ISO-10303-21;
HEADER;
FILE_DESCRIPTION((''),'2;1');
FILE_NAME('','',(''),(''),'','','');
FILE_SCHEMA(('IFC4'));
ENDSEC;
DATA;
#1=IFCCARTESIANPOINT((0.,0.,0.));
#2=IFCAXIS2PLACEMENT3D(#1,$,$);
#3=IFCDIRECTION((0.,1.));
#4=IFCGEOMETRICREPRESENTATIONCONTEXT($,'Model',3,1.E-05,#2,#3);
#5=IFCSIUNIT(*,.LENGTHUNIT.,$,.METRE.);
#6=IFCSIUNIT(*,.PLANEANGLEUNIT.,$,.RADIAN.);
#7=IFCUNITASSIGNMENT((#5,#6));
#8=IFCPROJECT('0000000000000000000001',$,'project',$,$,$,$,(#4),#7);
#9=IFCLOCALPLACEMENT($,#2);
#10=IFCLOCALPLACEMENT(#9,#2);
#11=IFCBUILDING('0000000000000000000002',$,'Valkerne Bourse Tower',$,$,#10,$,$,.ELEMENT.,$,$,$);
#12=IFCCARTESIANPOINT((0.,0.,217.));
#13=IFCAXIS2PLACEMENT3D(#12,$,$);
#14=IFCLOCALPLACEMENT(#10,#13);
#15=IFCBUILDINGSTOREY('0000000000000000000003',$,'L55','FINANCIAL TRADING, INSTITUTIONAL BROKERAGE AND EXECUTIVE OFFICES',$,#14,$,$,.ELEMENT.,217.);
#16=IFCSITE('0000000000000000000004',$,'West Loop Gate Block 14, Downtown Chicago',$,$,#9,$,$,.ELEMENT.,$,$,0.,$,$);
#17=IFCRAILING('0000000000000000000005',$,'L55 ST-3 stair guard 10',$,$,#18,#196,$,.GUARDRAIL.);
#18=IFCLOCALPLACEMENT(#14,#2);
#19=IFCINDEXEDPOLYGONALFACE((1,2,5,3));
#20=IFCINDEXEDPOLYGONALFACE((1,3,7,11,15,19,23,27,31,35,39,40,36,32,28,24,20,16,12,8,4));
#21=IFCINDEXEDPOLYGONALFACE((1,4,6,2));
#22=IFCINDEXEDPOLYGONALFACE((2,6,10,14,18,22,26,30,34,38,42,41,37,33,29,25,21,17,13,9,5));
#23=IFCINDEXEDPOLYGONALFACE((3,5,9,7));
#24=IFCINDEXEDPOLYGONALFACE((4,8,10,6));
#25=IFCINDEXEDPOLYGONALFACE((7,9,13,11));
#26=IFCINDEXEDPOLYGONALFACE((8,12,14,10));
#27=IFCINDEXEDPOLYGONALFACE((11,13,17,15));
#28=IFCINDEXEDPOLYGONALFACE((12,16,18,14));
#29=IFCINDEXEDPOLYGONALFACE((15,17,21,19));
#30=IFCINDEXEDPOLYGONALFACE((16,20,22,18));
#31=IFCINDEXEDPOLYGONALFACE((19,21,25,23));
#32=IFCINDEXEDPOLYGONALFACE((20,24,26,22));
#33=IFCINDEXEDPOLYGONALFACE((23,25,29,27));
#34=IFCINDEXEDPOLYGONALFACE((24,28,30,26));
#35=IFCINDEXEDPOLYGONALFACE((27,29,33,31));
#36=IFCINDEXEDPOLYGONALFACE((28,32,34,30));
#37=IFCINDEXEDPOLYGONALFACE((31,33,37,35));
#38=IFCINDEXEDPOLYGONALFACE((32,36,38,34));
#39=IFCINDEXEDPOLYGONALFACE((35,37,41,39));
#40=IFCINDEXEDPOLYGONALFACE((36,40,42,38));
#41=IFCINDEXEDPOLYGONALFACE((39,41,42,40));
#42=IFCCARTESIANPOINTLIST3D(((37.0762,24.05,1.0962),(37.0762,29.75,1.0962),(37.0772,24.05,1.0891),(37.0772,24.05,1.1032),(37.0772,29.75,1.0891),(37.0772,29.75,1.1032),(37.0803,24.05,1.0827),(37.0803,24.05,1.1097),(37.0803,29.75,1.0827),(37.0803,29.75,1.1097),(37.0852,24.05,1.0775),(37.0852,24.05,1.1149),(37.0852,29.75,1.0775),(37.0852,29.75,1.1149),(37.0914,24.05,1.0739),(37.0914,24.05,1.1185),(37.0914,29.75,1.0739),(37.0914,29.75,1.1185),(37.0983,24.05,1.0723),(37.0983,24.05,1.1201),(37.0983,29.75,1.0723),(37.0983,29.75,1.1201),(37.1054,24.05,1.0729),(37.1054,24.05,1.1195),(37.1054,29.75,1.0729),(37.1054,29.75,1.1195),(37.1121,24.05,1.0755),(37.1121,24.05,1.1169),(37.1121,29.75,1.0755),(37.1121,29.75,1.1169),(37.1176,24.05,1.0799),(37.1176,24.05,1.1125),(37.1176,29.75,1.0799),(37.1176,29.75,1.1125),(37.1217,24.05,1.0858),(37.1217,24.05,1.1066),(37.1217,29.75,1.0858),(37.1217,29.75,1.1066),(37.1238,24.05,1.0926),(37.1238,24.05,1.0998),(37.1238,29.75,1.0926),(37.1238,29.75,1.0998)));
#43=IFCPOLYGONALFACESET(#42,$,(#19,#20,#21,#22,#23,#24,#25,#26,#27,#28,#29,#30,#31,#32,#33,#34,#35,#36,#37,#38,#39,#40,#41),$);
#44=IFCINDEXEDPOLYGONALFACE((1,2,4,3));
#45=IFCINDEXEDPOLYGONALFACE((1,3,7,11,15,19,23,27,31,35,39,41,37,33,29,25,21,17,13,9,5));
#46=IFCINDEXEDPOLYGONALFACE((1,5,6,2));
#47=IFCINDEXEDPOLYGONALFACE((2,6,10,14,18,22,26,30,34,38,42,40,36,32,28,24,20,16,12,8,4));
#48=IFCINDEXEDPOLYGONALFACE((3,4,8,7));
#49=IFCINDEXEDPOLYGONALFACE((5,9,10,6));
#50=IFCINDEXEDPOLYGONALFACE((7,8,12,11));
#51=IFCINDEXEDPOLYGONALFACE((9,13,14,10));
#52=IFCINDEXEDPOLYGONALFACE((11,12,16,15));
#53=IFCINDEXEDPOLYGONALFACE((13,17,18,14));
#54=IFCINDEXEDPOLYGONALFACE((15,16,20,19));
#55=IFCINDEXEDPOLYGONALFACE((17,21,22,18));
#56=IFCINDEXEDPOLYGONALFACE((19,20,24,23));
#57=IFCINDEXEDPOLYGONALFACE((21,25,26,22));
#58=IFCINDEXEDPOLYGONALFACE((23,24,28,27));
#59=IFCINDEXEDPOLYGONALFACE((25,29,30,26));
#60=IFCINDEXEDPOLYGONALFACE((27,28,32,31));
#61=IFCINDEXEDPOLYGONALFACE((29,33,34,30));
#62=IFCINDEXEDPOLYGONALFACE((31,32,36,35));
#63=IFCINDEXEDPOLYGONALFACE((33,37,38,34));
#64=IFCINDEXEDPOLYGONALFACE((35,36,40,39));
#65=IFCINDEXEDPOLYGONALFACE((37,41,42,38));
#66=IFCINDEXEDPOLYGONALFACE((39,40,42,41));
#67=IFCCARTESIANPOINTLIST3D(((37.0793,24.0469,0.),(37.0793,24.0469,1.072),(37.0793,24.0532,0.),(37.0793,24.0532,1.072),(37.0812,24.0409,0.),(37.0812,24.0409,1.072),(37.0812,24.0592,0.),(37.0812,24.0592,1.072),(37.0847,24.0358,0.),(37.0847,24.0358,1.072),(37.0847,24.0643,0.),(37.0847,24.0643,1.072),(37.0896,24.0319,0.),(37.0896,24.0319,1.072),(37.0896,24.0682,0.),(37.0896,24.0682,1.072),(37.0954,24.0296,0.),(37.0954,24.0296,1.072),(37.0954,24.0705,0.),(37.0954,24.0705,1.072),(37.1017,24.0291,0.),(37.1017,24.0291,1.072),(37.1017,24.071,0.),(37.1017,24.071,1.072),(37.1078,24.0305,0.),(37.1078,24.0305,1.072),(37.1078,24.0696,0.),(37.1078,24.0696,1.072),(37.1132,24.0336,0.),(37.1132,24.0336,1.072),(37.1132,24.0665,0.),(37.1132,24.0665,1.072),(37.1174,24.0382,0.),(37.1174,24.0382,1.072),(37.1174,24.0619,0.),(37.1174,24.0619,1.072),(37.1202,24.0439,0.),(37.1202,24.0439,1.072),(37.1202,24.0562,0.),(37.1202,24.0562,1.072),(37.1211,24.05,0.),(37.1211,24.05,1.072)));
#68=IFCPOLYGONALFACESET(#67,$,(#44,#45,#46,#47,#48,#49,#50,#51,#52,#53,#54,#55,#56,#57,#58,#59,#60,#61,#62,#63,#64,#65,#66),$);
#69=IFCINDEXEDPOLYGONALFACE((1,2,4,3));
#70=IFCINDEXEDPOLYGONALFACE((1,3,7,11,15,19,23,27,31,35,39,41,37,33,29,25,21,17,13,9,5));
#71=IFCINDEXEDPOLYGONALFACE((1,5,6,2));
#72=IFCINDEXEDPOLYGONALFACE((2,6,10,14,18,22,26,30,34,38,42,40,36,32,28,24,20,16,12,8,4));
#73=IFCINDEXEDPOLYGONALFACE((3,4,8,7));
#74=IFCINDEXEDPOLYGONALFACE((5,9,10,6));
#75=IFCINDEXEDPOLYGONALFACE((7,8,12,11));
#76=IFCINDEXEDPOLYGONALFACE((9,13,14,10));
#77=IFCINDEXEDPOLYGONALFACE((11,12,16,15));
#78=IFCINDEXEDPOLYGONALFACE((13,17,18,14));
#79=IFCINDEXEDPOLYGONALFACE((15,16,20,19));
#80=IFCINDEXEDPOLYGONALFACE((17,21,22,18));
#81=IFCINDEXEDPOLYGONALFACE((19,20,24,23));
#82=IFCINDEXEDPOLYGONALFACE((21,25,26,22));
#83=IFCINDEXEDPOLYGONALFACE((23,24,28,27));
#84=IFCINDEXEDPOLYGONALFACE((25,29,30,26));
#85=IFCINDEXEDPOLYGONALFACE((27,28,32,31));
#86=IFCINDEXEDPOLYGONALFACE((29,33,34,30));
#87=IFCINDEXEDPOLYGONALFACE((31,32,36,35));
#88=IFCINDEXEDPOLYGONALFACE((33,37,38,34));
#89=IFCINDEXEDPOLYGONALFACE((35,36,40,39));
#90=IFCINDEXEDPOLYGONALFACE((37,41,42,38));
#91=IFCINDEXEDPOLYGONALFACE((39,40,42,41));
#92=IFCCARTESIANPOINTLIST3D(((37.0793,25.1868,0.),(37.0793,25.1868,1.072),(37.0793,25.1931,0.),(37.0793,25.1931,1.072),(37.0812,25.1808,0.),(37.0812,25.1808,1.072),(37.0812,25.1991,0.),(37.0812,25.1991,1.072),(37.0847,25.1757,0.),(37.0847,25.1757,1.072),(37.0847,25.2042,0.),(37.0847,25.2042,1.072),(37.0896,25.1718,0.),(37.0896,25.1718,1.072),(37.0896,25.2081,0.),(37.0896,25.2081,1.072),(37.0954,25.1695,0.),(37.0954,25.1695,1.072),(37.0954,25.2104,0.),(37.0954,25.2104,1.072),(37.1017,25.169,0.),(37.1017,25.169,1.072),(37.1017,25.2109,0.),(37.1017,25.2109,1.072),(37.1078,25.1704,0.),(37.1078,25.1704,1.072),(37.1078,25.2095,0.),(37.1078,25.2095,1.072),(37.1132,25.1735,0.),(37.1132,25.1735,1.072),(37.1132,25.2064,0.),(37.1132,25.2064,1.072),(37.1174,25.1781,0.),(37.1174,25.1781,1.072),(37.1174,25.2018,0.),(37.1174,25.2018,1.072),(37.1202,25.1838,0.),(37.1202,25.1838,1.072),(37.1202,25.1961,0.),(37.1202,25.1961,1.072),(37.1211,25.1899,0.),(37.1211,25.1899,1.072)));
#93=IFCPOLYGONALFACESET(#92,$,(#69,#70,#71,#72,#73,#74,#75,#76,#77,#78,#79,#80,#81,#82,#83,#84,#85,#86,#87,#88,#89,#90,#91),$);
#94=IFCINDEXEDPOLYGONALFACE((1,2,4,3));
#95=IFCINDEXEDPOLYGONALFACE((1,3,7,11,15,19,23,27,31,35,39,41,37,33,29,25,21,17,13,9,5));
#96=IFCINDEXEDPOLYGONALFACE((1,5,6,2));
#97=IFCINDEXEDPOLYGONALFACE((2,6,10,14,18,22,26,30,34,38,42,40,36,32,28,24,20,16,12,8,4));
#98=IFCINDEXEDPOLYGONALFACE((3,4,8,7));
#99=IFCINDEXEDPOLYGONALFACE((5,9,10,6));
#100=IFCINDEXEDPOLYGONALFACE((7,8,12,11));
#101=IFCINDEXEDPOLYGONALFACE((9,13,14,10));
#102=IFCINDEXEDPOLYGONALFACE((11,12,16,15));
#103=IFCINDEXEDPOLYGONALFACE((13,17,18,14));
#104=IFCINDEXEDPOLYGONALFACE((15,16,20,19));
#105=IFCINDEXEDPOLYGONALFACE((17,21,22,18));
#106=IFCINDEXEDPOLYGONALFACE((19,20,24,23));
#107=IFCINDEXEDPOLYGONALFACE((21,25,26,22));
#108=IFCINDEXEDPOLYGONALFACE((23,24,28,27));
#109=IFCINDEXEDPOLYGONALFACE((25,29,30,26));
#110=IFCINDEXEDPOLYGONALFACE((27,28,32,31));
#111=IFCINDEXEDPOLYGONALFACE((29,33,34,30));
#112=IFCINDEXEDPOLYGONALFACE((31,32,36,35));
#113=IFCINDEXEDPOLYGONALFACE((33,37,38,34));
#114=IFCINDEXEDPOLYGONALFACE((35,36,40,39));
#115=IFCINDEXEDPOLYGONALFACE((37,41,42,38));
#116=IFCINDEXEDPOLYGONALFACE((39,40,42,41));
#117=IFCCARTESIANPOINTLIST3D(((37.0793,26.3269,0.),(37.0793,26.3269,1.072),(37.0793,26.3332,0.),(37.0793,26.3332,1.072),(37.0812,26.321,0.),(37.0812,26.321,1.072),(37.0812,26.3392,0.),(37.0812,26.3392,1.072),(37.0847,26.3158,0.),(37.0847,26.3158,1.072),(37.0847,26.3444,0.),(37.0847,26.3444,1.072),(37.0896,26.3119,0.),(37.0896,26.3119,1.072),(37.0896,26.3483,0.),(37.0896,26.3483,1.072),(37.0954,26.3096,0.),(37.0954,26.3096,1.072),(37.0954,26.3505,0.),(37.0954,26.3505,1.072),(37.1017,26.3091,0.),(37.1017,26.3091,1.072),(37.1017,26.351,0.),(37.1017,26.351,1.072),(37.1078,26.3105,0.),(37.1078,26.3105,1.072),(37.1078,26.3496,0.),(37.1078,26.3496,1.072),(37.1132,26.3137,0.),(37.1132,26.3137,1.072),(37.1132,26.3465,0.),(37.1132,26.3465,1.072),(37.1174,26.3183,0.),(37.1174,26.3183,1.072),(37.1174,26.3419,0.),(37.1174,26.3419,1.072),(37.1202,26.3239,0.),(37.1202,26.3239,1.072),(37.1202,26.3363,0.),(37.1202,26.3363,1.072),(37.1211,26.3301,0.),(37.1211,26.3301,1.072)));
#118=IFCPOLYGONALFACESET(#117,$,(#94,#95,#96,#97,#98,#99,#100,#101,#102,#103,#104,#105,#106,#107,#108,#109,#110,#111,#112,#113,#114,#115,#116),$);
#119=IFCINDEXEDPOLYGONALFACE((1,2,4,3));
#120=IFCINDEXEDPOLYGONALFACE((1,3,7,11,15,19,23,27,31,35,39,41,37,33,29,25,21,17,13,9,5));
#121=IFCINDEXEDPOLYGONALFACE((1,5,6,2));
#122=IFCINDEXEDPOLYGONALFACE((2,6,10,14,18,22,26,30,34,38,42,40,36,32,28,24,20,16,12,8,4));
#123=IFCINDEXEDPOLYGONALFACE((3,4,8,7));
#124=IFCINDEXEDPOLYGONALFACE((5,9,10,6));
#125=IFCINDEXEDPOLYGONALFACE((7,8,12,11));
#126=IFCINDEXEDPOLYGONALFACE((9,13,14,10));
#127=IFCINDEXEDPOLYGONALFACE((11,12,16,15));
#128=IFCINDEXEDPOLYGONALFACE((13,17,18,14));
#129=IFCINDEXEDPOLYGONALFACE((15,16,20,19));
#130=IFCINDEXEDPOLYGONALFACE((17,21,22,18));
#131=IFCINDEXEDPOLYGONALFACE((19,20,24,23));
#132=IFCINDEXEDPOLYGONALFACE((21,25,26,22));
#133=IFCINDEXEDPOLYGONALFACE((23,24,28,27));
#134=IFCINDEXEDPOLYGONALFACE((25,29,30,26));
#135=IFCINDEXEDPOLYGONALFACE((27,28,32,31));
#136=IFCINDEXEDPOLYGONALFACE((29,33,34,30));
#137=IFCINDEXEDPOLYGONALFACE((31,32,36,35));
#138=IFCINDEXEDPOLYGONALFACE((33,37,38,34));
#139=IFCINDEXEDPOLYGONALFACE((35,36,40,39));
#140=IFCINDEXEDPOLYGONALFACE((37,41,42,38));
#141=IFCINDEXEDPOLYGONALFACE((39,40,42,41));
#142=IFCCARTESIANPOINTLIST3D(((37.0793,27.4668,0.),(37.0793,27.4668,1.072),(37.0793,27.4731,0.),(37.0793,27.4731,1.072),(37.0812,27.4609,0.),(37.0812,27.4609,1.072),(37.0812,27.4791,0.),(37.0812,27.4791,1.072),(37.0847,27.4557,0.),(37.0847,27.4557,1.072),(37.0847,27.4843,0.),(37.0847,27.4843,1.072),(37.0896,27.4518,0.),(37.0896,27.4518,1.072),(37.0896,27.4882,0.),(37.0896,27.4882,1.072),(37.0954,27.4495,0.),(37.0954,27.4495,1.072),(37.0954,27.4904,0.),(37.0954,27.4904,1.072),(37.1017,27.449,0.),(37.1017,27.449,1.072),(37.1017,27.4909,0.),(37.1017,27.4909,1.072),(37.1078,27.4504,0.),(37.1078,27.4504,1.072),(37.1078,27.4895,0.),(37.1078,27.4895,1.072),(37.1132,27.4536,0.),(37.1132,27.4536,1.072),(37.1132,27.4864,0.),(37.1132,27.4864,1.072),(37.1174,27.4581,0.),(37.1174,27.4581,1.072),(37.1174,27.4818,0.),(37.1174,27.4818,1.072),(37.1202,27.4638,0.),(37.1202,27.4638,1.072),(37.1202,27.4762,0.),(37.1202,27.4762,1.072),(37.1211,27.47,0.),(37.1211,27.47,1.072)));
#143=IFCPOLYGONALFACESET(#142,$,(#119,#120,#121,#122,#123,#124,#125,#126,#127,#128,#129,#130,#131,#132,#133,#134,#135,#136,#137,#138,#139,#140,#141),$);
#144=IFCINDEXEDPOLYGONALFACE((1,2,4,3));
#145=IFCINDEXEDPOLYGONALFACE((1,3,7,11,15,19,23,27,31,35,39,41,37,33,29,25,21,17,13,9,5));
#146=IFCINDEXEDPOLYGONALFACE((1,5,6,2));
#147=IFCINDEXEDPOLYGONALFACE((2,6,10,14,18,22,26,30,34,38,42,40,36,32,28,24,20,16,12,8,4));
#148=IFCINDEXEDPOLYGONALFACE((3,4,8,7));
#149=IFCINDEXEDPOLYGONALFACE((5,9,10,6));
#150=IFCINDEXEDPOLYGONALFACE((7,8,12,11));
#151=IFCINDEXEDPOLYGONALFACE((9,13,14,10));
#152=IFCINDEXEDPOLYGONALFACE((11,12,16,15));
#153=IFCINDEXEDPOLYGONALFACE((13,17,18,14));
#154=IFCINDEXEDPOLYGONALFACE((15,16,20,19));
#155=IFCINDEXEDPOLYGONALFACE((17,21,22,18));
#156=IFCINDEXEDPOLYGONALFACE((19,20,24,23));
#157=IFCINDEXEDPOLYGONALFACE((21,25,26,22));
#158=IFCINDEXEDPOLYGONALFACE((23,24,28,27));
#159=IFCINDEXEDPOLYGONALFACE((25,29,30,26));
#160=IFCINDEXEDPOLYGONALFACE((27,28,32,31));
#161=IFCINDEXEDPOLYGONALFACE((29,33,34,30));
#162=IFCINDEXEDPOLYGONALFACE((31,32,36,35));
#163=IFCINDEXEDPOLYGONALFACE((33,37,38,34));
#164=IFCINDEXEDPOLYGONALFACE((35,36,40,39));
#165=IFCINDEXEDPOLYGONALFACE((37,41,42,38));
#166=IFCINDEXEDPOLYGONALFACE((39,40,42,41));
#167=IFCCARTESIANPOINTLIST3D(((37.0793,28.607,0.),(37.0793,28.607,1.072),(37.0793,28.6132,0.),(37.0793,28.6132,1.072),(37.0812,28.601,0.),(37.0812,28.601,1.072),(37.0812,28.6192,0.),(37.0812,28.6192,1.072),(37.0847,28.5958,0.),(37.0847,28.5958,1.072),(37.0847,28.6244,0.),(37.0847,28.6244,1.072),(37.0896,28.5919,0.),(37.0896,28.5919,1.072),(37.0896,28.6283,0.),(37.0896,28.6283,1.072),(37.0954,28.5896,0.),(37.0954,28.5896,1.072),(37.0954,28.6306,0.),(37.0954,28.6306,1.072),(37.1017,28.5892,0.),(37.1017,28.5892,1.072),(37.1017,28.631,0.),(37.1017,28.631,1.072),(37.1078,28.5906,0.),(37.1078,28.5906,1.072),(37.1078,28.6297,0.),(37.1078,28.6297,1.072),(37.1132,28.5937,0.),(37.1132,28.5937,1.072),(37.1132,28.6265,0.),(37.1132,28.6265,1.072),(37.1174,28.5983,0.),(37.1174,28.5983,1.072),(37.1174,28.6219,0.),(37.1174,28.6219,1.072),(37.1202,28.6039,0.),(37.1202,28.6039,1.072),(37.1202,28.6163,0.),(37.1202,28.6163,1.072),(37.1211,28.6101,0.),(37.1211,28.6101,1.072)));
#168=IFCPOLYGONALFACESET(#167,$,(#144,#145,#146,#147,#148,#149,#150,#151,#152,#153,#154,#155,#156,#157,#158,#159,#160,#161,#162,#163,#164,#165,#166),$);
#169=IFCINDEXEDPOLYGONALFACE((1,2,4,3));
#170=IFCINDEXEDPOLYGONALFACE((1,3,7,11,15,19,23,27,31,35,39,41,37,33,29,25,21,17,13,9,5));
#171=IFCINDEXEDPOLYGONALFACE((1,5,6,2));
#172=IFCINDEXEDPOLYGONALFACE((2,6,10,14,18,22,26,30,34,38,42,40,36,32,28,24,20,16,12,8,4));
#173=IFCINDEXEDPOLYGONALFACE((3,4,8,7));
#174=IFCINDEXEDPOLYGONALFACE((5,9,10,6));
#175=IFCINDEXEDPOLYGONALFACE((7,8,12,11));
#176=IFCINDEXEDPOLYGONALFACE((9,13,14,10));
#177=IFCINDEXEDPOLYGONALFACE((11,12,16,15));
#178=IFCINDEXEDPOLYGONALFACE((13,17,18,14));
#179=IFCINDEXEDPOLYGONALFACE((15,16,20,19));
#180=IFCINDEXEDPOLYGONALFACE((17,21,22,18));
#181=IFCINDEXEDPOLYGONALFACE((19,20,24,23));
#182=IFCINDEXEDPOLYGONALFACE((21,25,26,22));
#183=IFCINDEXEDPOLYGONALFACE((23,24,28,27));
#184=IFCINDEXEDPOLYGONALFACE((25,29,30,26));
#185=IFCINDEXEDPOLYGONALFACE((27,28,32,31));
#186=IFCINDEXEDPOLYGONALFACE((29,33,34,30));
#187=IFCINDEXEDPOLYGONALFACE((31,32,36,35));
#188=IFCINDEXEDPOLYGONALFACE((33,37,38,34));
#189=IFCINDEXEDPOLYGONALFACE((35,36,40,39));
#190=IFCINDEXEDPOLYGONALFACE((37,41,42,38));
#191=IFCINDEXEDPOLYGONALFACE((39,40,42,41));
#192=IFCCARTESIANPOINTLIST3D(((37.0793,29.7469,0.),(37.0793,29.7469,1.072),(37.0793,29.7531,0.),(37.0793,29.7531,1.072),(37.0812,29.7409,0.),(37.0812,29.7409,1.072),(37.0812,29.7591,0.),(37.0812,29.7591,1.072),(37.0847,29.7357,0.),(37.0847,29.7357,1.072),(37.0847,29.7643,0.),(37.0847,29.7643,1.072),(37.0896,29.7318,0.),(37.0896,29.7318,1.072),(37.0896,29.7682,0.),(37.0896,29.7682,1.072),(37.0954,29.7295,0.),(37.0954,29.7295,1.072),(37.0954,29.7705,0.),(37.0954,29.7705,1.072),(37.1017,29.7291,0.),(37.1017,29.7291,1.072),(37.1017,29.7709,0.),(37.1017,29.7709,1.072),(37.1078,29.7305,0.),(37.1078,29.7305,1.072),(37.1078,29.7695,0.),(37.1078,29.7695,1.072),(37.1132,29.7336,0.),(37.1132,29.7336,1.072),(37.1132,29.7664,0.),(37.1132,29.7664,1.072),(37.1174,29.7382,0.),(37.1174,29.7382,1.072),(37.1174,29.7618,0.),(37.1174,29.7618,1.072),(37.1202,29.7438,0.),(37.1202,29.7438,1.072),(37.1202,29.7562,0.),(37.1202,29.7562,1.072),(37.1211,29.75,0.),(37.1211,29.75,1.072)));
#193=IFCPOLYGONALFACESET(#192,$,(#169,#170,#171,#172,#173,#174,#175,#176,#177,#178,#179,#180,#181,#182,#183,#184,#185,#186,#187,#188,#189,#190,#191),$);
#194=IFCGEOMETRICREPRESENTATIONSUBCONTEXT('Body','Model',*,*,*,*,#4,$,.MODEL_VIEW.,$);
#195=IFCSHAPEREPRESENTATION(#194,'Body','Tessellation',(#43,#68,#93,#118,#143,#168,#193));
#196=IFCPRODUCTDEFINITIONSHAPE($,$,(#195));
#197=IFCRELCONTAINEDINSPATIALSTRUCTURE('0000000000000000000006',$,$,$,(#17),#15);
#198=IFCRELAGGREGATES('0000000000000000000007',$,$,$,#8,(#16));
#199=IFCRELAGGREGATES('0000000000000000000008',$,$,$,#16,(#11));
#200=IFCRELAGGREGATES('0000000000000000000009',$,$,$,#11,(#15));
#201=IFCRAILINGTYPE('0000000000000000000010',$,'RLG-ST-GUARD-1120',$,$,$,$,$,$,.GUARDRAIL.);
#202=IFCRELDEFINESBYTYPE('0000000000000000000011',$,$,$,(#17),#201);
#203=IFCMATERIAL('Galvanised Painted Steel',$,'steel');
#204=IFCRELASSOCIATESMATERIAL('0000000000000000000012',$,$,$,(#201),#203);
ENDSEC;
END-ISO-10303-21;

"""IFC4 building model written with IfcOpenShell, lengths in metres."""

from ifc_helpers import new_model, si_unit, direction, frame, origin, origin_2d, place, context, subcontext, project, spatial, circle, extrude, material, type_object, element, save


model = new_model("IFC4")

# Units and contexts
model_context = context("Model", 3, precision=1e-05, world=origin(), true_north=direction((0.0, 1.0)))
body_context = subcontext(model_context, "Body", "Model", "MODEL_VIEW")
ifc_project = project(units=[si_unit("LENGTHUNIT", "METRE"), si_unit("PLANEANGLEUNIT", "RADIAN")], contexts=[model_context])

# Site, building, storey
site_placement = place(None, origin())
site = spatial("IfcSite", under=ifc_project, at=site_placement, Name="West Loop Gate Block 14, Downtown Chicago", CompositionType="ELEMENT", RefElevation=0.0)
building_placement = place(site_placement, origin())
building = spatial("IfcBuilding", under=site, at=building_placement, Name="Valkerne Bourse Tower", CompositionType="ELEMENT")
storey_placement = place(building_placement, frame((0.0, 0.0, 217.0)))
storey = spatial("IfcBuildingStorey", under=building, at=storey_placement, Name="L55", Description="FINANCIAL TRADING, INSTITUTIONAL BROKERAGE AND EXECUTIVE OFFICES", CompositionType="ELEMENT", Elevation=217.0)

# Railing
ifc_material_1 = material(Name="Galvanised Painted Steel", Category="steel")
railing_type_1 = type_object("IfcRailingType", Name="RLG-ST-GUARD-1120", PredefinedType="GUARDRAIL", material=ifc_material_1)
railing_1_placement = place(storey_placement, frame((37.1001, 24.05, 0.0)))
element("IfcRailing", 1, at=railing_1_placement, inside=storey, type_object=railing_type_1, Name="L55 ST-3 stair guard 10", PredefinedType="GUARDRAIL", context=body_context, shape_type="SweptSolid", body=[
    extrude(circle(Radius=0.0239, at=origin_2d()), frame((0.0, 0.0, 1.0962), z_axis=(0.0, 1.0, 0.0), x_axis=(-1.0, 0.0, 0.0)), (0.0, 0.0, 1.0), 5.7),
    extrude(circle(Radius=0.021, at=origin_2d()), origin(), (0.0, 0.0, 1.0), 1.072),
    extrude(circle(Radius=0.021, at=origin_2d()), frame((0.0, 1.1399, 0.0)), (0.0, 0.0, 1.0), 1.072),
    extrude(circle(Radius=0.021, at=origin_2d()), frame((0.0, 2.28, 0.0)), (0.0, 0.0, 1.0), 1.072),
    extrude(circle(Radius=0.021, at=origin_2d()), frame((0.0, 3.4199, 0.0)), (0.0, 0.0, 1.0), 1.072),
    extrude(circle(Radius=0.021, at=origin_2d()), frame((0.0, 4.5601, 0.0)), (0.0, 0.0, 1.0), 1.072),
    extrude(circle(Radius=0.021, at=origin_2d()), frame((0.0, 5.7, 0.0)), (0.0, 0.0, 1.0), 1.072),
])

save(model, "model.ifc")
